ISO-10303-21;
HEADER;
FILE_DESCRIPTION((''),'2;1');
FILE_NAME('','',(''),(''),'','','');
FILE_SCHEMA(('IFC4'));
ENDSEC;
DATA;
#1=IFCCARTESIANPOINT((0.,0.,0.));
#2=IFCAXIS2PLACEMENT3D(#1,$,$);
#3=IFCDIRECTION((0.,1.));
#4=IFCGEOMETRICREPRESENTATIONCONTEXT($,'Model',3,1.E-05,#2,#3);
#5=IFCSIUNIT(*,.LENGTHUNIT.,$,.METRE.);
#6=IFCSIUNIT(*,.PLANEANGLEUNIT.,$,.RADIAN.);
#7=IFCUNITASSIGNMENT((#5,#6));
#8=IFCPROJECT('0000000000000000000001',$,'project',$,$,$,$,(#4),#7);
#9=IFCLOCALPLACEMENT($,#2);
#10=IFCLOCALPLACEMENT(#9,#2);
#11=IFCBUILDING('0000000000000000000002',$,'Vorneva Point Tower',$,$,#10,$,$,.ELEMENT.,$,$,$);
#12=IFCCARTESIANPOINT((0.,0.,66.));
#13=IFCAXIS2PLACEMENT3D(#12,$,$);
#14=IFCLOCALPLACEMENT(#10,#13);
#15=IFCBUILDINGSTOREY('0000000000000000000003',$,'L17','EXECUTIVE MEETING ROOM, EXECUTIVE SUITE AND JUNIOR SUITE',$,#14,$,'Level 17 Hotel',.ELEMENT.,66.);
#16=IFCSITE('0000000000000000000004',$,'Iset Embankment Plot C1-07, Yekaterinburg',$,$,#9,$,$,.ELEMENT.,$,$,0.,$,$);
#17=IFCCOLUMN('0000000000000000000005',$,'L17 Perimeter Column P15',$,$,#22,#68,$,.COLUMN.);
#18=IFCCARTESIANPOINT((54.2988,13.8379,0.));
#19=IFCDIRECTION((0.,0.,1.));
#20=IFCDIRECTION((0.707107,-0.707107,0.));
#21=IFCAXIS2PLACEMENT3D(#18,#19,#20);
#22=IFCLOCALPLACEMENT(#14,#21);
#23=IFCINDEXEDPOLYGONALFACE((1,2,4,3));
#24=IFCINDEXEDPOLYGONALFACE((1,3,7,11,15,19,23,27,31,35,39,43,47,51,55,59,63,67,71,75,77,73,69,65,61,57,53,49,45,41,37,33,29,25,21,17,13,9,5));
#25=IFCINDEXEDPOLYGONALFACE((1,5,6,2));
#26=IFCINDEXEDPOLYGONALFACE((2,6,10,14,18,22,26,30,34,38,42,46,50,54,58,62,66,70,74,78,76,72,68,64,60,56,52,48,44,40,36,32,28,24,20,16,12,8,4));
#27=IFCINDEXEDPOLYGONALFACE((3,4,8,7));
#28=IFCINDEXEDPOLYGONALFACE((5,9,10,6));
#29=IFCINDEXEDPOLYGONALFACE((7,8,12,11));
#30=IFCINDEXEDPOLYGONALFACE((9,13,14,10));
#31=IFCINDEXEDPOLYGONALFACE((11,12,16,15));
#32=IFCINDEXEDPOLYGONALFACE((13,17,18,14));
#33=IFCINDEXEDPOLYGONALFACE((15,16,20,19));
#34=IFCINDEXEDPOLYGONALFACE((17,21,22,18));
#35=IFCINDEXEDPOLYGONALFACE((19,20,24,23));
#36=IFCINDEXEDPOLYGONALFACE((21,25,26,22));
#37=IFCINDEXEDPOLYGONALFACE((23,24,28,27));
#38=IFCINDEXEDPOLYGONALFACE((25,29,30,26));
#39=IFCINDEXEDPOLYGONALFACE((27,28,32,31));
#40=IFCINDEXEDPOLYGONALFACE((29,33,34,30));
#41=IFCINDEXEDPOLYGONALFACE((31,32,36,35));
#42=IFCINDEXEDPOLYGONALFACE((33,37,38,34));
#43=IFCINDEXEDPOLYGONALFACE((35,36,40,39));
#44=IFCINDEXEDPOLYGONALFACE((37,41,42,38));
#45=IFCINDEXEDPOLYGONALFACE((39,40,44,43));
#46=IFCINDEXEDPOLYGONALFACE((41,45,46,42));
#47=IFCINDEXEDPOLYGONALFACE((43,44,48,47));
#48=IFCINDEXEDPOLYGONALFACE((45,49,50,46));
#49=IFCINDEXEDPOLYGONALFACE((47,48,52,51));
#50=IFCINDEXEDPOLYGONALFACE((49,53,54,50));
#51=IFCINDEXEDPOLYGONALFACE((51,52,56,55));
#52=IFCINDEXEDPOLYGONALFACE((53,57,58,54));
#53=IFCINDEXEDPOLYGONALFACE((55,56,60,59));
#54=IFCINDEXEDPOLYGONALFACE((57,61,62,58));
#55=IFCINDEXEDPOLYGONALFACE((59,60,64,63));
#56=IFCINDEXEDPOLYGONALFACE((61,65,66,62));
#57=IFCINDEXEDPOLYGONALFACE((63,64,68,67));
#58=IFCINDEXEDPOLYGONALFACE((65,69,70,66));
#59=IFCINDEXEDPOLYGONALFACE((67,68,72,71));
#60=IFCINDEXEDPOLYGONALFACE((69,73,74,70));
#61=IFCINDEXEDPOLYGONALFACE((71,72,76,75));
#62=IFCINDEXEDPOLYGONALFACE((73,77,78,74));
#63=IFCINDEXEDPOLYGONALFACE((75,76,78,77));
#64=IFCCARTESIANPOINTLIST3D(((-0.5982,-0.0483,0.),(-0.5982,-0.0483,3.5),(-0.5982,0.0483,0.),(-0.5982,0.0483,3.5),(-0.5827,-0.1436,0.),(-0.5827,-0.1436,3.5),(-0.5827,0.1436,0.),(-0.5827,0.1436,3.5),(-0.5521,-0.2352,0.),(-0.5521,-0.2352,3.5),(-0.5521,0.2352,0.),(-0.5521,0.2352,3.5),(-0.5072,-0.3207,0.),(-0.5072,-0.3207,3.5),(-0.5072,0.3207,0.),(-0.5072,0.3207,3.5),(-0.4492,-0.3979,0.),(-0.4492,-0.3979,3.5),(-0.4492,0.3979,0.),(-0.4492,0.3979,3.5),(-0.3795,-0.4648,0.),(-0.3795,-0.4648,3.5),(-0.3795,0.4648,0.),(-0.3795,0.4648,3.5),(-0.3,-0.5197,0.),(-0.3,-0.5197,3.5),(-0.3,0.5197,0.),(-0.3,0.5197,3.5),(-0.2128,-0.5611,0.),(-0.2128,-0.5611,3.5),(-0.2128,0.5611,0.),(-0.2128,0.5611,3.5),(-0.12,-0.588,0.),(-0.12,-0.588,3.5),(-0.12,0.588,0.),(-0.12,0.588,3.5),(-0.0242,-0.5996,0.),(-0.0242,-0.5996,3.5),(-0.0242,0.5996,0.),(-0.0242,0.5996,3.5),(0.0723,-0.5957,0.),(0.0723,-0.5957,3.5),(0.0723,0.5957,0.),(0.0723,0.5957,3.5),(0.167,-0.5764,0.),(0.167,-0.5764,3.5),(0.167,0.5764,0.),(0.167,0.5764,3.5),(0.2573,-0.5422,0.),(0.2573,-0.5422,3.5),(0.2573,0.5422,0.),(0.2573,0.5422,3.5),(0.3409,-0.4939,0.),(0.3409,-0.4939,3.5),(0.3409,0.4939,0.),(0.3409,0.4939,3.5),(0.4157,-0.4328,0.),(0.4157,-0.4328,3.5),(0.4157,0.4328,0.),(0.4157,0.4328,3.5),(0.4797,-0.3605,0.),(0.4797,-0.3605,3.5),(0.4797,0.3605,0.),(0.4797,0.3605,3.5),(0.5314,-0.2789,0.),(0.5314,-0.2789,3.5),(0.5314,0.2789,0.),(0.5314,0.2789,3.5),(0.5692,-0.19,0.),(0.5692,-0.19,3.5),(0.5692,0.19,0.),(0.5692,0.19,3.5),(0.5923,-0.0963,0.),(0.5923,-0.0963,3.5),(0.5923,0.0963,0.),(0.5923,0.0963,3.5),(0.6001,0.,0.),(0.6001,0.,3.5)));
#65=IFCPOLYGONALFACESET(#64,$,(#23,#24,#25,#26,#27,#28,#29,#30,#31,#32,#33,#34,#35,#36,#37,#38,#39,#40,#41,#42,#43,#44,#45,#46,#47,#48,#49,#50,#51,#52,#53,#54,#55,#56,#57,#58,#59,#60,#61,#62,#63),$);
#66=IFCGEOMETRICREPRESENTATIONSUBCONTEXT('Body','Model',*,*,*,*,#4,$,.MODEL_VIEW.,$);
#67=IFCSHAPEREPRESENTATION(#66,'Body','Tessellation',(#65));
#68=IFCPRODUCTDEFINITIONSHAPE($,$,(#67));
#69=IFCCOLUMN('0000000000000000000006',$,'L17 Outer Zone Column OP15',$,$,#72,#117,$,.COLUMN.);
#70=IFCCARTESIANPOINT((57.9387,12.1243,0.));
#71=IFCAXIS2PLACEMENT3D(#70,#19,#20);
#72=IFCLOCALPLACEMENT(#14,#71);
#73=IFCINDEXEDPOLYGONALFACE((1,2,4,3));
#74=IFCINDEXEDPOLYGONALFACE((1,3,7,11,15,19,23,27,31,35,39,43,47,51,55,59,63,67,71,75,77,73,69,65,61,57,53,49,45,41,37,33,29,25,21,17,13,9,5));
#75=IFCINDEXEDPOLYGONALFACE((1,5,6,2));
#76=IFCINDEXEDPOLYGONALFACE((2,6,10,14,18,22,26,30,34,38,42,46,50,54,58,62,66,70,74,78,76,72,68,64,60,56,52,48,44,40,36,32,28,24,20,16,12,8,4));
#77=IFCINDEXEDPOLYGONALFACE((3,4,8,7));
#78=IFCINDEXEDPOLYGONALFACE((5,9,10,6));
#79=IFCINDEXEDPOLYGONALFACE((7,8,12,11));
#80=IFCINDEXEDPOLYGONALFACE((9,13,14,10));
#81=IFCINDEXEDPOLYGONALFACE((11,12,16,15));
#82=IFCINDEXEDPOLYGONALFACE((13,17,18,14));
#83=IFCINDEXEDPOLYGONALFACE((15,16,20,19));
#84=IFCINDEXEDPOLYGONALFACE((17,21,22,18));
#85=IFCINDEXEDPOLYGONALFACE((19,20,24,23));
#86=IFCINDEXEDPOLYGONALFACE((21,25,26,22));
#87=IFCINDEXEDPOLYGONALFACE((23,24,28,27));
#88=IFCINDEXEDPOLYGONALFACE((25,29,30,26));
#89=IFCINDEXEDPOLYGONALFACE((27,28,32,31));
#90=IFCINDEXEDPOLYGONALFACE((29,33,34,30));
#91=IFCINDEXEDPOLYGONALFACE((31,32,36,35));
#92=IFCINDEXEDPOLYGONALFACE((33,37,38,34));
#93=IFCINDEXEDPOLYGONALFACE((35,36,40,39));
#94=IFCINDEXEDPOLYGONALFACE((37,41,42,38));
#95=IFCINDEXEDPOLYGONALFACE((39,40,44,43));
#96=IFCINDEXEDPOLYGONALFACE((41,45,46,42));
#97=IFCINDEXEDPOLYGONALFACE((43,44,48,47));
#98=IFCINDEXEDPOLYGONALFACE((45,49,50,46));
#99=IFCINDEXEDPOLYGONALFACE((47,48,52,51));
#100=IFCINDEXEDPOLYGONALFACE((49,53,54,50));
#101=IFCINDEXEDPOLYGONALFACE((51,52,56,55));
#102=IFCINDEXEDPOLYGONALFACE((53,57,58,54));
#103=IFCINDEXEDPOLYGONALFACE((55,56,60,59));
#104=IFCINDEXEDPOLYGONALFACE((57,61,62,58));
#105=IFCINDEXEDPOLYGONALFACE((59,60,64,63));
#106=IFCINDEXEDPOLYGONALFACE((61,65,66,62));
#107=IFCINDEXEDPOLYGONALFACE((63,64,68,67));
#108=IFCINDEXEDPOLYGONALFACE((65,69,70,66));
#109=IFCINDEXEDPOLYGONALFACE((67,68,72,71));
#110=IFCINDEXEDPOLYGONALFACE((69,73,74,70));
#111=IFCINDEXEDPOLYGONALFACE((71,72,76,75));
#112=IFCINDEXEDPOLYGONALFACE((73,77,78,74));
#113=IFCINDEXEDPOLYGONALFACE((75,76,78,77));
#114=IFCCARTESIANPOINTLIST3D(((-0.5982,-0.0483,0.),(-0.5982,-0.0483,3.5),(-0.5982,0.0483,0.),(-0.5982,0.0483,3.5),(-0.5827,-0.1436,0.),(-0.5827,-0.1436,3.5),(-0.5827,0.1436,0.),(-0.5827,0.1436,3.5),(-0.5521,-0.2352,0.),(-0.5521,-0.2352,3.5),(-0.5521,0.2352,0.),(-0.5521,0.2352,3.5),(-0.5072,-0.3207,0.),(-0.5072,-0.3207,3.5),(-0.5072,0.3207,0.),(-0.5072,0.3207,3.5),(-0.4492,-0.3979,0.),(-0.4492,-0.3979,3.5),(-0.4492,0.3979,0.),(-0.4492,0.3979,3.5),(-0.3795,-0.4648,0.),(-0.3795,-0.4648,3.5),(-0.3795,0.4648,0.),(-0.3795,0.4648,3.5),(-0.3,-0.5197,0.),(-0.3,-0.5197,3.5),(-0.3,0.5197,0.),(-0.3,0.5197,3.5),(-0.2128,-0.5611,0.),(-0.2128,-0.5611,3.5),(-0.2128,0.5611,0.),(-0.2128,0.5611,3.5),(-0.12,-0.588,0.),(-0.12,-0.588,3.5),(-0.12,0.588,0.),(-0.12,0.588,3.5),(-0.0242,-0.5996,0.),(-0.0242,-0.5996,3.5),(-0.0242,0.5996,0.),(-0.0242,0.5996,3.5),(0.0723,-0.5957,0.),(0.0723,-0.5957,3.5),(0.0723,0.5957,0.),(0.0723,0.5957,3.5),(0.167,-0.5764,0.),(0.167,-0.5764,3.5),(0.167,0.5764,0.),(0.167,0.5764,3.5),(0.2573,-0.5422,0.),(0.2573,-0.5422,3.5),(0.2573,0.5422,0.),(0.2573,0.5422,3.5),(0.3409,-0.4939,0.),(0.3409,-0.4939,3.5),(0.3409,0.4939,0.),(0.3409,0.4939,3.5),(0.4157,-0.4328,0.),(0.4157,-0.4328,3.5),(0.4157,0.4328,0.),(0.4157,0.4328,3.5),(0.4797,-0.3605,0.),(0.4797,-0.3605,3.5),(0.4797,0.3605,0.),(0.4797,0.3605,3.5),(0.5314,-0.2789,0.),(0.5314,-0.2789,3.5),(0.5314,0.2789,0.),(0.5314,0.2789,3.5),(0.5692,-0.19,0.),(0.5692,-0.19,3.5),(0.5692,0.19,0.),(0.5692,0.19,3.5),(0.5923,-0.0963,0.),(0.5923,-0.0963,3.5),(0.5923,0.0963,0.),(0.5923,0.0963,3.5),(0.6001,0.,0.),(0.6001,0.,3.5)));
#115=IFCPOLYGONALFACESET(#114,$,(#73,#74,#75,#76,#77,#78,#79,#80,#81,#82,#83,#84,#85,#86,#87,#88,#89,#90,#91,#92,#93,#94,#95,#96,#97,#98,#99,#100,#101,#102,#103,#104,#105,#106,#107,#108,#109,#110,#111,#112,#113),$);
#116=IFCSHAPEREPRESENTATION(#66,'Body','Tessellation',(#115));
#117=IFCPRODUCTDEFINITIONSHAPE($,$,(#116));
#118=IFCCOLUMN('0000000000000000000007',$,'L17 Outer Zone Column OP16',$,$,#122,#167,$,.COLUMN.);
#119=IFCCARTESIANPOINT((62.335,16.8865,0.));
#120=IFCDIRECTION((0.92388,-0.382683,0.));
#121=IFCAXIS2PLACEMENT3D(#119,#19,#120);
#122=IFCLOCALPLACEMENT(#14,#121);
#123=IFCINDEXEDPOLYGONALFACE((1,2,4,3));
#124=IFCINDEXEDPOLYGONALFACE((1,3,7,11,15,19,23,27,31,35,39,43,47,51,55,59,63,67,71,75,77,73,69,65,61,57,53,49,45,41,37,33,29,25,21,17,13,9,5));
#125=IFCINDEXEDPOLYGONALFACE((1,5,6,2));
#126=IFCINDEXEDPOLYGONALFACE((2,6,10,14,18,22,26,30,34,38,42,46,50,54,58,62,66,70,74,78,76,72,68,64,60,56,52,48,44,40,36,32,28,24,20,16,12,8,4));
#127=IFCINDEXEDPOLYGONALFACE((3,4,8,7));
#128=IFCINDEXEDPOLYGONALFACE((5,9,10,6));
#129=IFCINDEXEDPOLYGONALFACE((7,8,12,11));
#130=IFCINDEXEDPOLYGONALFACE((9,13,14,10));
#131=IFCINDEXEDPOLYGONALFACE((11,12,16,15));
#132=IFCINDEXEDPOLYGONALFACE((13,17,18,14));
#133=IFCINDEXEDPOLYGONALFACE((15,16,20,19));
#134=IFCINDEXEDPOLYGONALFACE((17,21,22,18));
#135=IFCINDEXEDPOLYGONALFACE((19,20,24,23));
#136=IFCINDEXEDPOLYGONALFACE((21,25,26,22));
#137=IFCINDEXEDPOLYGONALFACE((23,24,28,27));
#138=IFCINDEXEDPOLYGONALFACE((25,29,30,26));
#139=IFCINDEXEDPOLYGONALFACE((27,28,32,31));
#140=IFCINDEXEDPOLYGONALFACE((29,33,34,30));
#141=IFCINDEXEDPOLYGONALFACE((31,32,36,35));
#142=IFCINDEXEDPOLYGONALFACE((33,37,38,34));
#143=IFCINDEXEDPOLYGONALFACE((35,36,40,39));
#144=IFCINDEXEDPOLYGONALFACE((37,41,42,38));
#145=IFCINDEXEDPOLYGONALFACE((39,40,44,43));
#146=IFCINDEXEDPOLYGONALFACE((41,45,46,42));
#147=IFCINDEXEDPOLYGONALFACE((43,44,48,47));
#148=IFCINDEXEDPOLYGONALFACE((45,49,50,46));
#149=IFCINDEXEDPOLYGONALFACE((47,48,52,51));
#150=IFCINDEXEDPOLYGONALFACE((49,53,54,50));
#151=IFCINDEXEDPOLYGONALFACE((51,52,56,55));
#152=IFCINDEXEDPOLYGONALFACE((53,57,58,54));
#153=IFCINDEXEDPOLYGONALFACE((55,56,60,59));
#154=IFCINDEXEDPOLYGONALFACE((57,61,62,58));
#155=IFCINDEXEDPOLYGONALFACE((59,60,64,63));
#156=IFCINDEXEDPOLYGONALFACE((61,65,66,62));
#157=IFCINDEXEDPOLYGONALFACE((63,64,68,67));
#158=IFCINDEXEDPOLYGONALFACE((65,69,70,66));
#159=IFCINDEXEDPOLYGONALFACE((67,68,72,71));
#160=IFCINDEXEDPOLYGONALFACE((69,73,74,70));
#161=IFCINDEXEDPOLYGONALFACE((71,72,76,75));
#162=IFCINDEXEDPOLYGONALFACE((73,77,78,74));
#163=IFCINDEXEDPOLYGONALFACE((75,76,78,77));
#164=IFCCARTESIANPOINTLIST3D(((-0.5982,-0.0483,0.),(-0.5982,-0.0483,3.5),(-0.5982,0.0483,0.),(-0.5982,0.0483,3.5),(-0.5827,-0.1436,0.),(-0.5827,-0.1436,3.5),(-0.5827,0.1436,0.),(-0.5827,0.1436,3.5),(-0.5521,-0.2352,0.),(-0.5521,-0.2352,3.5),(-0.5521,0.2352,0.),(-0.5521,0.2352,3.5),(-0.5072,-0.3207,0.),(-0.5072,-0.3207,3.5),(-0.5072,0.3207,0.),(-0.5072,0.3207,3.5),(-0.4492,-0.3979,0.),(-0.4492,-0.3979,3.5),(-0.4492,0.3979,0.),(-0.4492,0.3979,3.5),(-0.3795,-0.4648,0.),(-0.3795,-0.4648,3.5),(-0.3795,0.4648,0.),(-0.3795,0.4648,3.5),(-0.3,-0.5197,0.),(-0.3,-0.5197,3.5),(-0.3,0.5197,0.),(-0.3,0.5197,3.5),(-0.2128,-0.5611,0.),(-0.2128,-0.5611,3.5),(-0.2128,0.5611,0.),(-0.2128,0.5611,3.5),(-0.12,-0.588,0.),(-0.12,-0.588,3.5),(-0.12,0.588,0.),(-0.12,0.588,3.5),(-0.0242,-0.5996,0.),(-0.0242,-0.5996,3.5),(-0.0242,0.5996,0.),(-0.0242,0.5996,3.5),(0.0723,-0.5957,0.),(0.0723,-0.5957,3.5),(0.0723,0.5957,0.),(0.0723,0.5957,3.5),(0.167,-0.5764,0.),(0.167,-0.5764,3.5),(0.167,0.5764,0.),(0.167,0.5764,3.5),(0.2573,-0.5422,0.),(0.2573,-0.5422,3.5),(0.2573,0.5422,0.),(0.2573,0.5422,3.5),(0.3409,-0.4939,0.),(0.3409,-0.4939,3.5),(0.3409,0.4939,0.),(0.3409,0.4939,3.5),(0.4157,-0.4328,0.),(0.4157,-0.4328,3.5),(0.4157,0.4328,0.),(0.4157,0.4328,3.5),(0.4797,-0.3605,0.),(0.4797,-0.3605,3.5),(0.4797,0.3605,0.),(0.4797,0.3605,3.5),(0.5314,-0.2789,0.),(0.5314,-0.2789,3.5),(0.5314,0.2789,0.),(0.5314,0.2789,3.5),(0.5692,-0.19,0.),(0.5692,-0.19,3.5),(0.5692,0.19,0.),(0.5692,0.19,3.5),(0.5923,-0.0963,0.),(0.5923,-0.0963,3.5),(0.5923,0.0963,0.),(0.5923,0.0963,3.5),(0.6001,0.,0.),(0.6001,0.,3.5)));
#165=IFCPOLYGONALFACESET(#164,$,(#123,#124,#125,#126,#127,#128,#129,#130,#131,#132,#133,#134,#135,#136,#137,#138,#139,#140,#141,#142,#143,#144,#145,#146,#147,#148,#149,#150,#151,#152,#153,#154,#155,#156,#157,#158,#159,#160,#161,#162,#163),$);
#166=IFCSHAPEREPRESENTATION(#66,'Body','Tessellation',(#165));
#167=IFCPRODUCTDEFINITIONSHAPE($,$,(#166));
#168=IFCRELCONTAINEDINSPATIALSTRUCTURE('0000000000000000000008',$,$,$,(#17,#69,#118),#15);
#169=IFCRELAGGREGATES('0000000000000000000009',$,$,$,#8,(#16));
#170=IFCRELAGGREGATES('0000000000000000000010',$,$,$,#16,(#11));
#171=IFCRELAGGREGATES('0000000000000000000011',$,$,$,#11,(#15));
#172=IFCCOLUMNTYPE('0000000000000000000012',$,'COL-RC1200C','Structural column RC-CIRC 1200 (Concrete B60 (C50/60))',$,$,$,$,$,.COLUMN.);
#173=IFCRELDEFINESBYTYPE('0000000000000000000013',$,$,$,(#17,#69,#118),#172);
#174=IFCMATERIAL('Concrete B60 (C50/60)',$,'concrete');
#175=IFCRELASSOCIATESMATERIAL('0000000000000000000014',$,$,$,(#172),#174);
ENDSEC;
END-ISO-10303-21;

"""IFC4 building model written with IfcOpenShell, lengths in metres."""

from ifc_helpers import new_model, si_unit, direction, frame, origin, origin_2d, place, context, subcontext, project, spatial, circle, extrude, material, material_profile, profile_set, type_object, element, save


model = new_model("IFC4")

# Units and contexts
model_context = context("Model", 3, precision=1e-05, world=origin(), true_north=direction((0.0, 1.0)))
body_context = subcontext(model_context, "Body", "Model", "MODEL_VIEW")
ifc_project = project(units=[si_unit("LENGTHUNIT", "METRE"), si_unit("PLANEANGLEUNIT", "RADIAN")], contexts=[model_context])

# Site, building, storey
site_placement = place(None, origin())
site = spatial("IfcSite", under=ifc_project, at=site_placement, Name="Iset Embankment Plot C1-07, Yekaterinburg", CompositionType="ELEMENT", RefElevation=0.0)
building_placement = place(site_placement, origin())
building = spatial("IfcBuilding", under=site, at=building_placement, Name="Vorneva Point Tower", CompositionType="ELEMENT")
storey_placement = place(building_placement, frame((0.0, 0.0, 66.0)))
storey = spatial("IfcBuildingStorey", under=building, at=storey_placement, Name="L17", Description="EXECUTIVE MEETING ROOM, EXECUTIVE SUITE AND JUNIOR SUITE", LongName="Level 17 Hotel", CompositionType="ELEMENT", Elevation=66.0)

# Columns
ifc_material_1 = material(Name="Concrete B60 (C50/60)", Category="concrete")
ifc_material_profile_1 = material_profile(ifc_material_1, circle(Radius=0.6001, at=origin_2d()), Name="RC-CIRC 1200")
ifc_profile_set_1 = profile_set([ifc_material_profile_1], Name="Concrete B60 (C50/60)")
column_type_1 = type_object("IfcColumnType", Name="COL-RC1200C", Description="Structural column RC-CIRC 1200 (Concrete B60 (C50/60))", PredefinedType="COLUMN", material=ifc_profile_set_1)
for number, where, z_axis, x_axis, name in (
    (1, (54.2988, 13.8379, 0.0), (0.0, 0.0, 1.0), (0.707107, -0.707107, 0.0), "L17 Perimeter Column P15"),
    (2, (57.9387, 12.1243, 0.0), (0.0, 0.0, 1.0), (0.707107, -0.707107, 0.0), "L17 Outer Zone Column OP15"),
    (3, (62.335, 16.8865, 0.0), (0.0, 0.0, 1.0), (0.92388, -0.382683, 0.0), "L17 Outer Zone Column OP16"),
):
    element("IfcColumn", number, at=place(storey_placement, frame(where, z_axis=z_axis, x_axis=x_axis)), inside=storey, type_object=column_type_1, Name=name, PredefinedType="COLUMN", context=body_context, shape_type="SweptSolid", body=[
        extrude(circle(Radius=0.6001, at=origin_2d()), origin(), (0.0, 0.0, 1.0), 3.5),
    ])

save(model, "model.ifc")
